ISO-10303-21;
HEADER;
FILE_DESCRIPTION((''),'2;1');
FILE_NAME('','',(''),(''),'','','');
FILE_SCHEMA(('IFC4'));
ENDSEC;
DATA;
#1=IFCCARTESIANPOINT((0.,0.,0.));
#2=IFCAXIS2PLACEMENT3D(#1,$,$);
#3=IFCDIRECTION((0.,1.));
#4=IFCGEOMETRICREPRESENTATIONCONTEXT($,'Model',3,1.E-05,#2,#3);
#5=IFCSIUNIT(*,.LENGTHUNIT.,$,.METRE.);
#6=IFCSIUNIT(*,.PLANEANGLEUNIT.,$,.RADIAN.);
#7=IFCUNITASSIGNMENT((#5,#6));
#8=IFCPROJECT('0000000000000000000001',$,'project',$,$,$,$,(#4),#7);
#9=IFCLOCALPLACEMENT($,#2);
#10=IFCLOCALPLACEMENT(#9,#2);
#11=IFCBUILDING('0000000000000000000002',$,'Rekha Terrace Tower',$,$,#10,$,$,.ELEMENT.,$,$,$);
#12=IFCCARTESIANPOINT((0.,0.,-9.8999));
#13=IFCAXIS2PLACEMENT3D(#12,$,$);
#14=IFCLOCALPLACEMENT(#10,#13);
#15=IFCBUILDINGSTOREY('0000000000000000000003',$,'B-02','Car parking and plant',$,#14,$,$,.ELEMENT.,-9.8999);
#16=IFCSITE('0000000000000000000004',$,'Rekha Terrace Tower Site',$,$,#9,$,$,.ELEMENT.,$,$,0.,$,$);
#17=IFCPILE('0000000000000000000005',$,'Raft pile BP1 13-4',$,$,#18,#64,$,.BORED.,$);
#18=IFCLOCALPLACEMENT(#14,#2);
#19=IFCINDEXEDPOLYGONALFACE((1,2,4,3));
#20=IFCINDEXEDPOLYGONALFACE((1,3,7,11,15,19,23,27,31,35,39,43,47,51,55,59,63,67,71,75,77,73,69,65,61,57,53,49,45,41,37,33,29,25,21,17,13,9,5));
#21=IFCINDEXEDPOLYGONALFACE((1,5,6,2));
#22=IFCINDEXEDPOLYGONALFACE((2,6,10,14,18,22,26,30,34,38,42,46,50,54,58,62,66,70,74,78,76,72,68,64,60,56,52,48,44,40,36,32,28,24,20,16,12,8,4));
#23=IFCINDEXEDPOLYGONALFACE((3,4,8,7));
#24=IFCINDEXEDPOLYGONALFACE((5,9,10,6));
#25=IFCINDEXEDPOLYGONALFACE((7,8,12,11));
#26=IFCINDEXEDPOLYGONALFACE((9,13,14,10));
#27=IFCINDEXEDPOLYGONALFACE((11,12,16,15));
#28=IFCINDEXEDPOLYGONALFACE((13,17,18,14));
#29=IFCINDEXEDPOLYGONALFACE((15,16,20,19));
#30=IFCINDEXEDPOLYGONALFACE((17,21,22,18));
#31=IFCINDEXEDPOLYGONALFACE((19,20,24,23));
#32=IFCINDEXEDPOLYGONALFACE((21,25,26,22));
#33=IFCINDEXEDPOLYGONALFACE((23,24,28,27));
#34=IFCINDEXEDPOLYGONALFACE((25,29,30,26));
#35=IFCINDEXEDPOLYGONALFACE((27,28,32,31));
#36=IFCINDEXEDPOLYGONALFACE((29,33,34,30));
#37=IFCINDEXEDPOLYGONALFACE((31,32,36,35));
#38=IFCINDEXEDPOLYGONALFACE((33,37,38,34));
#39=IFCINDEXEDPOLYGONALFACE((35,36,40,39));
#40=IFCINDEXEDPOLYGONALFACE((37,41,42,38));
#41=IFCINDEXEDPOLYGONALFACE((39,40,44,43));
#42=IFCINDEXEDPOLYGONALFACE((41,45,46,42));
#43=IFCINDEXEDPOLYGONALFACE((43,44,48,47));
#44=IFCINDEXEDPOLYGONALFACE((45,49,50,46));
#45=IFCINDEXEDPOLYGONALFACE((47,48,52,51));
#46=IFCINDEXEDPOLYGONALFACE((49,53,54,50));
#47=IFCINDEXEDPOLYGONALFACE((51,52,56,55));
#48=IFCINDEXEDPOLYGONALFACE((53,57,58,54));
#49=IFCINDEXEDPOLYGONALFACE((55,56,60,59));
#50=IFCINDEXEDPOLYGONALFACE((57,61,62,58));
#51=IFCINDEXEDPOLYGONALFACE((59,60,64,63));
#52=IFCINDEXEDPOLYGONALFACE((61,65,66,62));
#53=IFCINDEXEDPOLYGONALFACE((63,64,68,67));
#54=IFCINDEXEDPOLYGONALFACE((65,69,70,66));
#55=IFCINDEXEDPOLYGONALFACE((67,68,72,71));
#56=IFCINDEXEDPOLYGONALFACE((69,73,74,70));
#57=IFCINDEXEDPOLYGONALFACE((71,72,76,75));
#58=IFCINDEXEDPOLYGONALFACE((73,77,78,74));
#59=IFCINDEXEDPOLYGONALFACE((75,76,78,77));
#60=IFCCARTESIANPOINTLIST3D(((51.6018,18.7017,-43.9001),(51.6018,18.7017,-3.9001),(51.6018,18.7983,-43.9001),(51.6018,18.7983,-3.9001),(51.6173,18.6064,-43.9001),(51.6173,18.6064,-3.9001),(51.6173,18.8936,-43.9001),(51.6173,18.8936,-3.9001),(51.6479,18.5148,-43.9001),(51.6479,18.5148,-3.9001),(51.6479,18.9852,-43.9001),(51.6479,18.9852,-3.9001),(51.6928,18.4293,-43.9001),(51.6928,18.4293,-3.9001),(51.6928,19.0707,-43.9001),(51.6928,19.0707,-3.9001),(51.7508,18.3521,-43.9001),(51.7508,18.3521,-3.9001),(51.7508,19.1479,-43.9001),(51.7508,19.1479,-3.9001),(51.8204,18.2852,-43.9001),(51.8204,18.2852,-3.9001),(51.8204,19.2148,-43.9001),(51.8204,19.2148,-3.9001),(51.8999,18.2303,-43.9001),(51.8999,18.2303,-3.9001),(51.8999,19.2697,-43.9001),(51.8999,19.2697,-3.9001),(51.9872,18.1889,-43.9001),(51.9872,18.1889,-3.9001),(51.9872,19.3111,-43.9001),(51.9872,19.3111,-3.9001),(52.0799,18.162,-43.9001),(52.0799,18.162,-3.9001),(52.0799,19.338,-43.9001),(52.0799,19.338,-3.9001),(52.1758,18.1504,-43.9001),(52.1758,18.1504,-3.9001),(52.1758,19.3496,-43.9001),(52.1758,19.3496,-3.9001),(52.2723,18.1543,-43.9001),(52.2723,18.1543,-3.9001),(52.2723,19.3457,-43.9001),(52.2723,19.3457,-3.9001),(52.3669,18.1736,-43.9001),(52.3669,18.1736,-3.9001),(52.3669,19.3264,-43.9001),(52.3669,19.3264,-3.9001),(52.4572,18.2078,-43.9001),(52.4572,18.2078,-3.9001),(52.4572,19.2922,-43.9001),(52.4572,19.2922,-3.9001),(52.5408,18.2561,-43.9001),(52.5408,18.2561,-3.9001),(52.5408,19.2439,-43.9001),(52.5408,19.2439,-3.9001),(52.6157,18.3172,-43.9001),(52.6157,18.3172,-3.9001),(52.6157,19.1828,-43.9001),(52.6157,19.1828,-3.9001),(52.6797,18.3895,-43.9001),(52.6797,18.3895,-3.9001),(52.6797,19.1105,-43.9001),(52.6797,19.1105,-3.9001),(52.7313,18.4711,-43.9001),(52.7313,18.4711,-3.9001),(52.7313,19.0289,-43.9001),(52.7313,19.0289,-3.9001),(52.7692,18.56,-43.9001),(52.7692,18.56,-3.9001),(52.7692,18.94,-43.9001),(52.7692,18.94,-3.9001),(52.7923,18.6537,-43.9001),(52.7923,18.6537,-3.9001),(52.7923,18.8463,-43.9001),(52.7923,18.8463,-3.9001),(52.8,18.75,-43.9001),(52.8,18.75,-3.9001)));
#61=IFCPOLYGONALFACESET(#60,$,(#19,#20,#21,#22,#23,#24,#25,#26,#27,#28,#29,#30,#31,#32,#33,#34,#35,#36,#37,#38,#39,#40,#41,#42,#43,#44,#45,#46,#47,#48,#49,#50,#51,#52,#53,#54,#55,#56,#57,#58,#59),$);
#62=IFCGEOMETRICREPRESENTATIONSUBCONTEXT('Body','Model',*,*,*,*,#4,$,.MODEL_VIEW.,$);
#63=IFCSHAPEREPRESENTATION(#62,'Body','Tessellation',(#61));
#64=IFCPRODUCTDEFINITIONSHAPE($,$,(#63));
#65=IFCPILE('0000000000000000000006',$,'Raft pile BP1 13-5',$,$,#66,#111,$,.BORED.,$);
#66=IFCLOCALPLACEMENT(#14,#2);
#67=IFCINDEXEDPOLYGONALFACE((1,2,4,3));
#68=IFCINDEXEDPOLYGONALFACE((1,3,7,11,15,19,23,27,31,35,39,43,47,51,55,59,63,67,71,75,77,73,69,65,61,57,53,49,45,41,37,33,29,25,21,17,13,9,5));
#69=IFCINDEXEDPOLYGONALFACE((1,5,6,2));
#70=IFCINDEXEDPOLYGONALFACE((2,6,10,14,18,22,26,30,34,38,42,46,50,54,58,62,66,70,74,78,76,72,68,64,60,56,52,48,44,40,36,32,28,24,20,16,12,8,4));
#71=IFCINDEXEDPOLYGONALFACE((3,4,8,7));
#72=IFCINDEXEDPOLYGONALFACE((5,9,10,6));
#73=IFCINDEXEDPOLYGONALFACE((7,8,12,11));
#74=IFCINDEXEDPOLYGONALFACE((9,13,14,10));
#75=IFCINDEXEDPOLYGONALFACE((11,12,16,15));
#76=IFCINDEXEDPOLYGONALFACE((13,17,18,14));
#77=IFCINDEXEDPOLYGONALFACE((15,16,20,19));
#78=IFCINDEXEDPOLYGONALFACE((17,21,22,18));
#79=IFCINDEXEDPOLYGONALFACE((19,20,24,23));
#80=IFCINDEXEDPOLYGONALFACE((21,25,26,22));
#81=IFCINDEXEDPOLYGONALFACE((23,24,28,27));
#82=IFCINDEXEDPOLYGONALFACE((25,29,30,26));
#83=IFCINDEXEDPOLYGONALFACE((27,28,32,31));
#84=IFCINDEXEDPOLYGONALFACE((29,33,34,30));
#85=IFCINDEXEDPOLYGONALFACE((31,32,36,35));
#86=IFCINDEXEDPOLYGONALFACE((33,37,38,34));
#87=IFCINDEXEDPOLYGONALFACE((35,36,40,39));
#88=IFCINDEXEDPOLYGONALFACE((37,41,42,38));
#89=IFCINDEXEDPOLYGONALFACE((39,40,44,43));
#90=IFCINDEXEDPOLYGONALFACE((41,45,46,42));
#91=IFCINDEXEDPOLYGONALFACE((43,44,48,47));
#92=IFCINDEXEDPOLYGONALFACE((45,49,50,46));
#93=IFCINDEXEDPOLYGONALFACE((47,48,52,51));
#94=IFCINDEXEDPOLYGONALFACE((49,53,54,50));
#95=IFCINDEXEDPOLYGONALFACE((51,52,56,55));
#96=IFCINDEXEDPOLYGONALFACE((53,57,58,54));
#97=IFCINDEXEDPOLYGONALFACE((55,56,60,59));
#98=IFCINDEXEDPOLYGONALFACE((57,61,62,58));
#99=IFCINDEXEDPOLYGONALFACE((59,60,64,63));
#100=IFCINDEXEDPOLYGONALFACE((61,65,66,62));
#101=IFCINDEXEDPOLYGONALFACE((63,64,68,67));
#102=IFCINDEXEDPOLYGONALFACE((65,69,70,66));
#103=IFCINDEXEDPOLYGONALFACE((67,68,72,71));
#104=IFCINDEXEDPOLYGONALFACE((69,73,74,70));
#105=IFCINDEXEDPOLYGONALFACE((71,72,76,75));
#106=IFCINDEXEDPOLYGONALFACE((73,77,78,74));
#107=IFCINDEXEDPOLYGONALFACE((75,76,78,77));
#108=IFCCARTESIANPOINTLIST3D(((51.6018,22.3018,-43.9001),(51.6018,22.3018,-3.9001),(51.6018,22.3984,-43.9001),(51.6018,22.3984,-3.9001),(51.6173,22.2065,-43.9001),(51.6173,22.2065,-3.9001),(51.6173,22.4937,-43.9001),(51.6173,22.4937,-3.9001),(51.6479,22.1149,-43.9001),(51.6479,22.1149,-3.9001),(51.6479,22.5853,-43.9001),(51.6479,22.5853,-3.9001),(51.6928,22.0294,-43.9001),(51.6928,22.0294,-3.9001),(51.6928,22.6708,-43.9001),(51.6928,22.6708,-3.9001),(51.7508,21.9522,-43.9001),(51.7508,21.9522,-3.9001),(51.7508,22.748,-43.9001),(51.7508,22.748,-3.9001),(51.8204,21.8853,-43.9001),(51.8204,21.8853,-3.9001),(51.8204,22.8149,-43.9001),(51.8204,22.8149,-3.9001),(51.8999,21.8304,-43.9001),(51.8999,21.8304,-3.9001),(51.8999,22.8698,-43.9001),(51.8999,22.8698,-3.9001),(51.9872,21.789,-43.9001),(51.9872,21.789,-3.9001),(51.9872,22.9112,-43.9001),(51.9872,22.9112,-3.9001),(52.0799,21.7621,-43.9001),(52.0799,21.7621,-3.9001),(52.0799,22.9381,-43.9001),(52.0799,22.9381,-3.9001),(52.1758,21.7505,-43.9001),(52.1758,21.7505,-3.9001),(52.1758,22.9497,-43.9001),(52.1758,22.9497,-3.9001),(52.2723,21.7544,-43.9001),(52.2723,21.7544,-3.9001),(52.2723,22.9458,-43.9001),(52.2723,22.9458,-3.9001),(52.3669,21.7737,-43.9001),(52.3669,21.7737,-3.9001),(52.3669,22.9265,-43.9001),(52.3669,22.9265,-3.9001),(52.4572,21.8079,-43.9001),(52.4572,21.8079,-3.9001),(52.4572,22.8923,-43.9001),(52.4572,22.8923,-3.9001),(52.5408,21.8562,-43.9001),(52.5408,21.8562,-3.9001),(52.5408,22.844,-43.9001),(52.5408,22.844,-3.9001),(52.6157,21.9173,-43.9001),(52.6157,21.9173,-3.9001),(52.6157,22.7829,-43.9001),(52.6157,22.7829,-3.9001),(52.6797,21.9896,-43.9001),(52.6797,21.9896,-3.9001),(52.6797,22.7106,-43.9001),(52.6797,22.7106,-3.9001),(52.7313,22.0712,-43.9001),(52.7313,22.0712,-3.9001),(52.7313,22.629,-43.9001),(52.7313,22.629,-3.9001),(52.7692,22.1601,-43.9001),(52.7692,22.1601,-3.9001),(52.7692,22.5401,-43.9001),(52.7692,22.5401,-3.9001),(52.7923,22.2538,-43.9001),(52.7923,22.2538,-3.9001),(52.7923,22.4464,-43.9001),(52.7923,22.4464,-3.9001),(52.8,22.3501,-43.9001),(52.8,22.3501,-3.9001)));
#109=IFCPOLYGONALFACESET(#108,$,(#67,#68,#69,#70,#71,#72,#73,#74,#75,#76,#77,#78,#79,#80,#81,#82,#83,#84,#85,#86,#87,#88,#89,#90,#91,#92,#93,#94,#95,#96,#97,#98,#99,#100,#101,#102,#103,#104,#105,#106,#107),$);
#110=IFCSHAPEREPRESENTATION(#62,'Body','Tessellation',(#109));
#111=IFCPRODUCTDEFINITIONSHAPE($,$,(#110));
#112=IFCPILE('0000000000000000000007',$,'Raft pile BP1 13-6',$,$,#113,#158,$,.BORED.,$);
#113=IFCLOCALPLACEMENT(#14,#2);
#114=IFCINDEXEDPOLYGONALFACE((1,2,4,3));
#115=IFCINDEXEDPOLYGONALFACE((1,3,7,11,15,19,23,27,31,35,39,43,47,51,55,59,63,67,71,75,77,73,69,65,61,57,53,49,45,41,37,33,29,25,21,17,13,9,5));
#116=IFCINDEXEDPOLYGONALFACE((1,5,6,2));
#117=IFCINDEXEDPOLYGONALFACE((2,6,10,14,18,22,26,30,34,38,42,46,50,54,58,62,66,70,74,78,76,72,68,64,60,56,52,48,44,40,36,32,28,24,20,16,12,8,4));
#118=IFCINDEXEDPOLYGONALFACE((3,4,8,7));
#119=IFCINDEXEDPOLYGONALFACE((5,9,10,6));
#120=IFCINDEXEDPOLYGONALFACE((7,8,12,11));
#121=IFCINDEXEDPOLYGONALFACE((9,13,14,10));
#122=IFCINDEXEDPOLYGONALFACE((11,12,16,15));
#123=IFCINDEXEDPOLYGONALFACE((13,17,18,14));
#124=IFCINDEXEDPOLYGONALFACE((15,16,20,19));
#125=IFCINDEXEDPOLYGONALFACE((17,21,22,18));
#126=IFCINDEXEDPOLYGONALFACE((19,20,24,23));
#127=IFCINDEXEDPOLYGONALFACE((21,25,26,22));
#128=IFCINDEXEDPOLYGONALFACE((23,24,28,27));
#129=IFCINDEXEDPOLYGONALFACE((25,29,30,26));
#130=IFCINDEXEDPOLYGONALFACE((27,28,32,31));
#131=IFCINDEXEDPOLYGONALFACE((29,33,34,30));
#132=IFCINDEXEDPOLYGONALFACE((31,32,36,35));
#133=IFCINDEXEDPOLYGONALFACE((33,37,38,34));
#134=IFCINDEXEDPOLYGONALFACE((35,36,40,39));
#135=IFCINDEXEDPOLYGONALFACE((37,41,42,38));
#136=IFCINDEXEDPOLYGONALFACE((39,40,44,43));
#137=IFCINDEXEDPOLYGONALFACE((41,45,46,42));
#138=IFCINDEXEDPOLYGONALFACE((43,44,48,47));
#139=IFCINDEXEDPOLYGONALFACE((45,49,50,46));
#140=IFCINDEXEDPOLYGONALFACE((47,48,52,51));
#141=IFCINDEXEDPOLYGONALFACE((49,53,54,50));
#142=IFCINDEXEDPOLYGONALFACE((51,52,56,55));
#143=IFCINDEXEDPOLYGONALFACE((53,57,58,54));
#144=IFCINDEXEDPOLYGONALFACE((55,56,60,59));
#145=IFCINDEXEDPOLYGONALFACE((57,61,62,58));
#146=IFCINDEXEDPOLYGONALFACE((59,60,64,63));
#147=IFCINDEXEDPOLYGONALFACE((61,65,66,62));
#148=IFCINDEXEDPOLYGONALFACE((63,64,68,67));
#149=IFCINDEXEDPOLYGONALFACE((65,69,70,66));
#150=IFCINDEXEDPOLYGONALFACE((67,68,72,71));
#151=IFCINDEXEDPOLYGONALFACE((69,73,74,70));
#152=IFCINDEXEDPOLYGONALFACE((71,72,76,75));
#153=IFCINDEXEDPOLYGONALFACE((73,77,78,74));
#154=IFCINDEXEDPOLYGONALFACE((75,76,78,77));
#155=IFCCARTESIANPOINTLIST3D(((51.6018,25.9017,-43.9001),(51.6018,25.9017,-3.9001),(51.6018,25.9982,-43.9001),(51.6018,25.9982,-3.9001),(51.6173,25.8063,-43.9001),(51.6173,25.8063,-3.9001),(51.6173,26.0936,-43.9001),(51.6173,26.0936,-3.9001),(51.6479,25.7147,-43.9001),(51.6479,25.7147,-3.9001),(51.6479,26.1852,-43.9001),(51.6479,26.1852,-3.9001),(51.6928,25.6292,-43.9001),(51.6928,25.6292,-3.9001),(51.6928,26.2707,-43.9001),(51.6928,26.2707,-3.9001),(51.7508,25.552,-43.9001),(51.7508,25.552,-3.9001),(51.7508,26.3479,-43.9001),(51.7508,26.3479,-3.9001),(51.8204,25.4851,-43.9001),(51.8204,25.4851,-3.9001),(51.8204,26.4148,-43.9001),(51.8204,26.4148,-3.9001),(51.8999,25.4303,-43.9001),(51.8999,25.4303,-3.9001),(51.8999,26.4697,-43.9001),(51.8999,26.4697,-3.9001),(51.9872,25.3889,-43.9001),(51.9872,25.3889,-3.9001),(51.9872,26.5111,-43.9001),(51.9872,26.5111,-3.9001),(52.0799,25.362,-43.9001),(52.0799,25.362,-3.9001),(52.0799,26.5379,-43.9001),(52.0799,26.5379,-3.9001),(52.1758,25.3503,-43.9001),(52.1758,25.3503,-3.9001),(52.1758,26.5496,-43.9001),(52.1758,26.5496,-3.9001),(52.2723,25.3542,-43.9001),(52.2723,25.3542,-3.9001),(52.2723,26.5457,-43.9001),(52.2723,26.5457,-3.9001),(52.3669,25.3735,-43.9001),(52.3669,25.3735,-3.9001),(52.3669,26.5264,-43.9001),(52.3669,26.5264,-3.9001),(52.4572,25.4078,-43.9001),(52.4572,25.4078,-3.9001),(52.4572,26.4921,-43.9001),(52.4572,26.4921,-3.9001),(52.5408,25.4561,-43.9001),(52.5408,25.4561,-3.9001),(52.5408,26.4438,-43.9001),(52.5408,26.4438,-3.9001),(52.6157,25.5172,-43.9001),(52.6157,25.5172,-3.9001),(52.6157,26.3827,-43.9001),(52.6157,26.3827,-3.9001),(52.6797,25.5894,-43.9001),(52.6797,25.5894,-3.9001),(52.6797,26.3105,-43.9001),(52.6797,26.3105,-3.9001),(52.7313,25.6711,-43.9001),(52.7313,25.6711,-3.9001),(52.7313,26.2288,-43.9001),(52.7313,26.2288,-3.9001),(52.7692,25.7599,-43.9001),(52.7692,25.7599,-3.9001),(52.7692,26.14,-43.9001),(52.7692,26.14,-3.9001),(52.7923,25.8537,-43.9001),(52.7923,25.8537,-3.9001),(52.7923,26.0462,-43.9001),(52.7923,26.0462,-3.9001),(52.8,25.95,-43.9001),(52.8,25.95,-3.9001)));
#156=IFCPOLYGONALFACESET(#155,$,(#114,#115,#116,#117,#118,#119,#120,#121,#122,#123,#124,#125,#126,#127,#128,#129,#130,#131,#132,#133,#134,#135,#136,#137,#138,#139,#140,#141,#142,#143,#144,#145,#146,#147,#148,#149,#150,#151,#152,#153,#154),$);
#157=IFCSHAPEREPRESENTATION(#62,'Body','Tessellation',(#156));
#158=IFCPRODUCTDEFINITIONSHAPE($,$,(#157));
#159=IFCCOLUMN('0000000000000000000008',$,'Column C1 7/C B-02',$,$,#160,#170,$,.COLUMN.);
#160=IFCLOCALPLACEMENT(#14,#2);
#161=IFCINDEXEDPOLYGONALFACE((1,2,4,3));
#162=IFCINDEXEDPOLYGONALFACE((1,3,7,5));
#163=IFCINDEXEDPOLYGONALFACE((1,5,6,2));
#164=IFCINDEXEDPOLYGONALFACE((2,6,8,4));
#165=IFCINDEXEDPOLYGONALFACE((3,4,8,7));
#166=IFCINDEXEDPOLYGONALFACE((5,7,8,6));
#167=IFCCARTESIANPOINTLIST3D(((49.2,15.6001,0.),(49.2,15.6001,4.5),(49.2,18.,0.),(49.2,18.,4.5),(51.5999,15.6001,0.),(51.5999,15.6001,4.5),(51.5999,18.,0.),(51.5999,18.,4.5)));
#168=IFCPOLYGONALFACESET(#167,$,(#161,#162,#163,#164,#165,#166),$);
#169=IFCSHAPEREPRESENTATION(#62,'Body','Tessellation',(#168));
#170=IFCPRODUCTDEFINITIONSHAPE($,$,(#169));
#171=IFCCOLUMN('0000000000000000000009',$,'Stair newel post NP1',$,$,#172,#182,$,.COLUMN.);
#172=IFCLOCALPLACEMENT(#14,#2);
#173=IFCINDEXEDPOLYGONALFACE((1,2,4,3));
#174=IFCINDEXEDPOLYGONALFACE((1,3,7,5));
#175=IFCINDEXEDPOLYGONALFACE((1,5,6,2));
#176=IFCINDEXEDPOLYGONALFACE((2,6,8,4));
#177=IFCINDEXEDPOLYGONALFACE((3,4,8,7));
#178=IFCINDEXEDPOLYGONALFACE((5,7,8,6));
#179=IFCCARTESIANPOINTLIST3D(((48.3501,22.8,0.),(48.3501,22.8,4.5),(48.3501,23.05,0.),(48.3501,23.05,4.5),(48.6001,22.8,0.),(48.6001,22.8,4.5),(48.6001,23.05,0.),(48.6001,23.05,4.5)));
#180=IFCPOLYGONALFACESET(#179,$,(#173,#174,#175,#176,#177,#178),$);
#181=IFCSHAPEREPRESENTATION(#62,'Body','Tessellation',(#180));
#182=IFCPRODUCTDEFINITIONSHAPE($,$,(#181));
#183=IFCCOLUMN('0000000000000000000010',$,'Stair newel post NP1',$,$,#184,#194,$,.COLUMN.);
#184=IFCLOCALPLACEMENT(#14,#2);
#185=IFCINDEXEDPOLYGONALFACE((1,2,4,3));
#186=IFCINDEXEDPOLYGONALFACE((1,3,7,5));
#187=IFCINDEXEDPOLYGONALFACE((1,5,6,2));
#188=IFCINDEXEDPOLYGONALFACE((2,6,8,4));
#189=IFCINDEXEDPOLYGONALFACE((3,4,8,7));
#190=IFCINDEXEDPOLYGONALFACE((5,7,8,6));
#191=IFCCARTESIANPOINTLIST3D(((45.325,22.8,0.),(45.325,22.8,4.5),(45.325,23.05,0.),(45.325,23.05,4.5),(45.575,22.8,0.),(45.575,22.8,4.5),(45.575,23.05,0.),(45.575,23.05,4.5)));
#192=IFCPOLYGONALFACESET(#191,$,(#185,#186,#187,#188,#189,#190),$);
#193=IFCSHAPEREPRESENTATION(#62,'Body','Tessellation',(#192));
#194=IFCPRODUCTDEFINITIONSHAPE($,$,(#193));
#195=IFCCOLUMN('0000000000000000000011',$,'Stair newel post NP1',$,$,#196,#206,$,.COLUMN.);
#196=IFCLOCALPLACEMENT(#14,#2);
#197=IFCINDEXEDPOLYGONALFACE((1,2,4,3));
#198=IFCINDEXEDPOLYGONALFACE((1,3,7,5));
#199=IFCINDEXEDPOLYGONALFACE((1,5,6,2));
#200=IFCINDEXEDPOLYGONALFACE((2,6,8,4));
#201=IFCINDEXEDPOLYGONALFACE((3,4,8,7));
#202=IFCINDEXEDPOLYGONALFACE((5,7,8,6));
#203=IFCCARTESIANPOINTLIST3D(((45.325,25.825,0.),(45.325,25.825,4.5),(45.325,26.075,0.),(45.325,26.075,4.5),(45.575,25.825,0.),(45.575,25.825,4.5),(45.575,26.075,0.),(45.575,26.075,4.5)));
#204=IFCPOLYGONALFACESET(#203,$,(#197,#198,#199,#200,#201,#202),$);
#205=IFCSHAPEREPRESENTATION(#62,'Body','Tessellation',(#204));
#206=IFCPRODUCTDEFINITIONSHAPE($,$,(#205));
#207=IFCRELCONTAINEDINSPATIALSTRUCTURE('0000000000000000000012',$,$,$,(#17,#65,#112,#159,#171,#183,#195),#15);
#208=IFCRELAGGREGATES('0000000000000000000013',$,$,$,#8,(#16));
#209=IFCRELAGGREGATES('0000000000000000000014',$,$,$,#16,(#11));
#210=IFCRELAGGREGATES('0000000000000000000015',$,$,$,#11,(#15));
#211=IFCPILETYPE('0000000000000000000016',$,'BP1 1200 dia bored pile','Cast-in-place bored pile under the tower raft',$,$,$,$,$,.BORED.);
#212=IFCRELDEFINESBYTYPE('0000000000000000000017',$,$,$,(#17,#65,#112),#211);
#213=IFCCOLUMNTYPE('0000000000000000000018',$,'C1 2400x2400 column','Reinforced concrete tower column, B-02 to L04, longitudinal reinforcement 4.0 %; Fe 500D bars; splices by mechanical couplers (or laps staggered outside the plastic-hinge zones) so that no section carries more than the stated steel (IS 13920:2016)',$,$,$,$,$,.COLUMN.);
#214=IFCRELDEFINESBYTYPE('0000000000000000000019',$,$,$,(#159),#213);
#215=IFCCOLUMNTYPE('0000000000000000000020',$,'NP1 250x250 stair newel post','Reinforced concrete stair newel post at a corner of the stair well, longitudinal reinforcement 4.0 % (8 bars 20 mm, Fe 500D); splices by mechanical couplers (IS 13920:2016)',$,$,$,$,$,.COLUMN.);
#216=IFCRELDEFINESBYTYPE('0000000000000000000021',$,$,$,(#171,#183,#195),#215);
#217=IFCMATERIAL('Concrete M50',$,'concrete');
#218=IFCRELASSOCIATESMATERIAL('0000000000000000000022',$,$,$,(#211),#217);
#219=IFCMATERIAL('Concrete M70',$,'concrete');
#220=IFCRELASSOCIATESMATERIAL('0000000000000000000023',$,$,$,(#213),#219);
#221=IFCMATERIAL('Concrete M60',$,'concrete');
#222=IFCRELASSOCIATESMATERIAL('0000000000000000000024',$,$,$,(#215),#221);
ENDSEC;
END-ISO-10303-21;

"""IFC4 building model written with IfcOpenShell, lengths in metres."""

from ifc_helpers import new_model, si_unit, direction, frame, origin, origin_2d, place, context, subcontext, project, spatial, rectangle, circle, extrude, material, material_profile, profile_set, type_object, element, save


model = new_model("IFC4")

# Units and contexts
model_context = context("Model", 3, precision=1e-05, world=origin(), true_north=direction((0.0, 1.0)))
body_context = subcontext(model_context, "Body", "Model", "MODEL_VIEW")
ifc_project = project(units=[si_unit("LENGTHUNIT", "METRE"), si_unit("PLANEANGLEUNIT", "RADIAN")], contexts=[model_context])

# Site, building, storey
site_placement = place(None, origin())
site = spatial("IfcSite", under=ifc_project, at=site_placement, Name="Rekha Terrace Tower Site", CompositionType="ELEMENT", RefElevation=0.0)
building_placement = place(site_placement, origin())
building = spatial("IfcBuilding", under=site, at=building_placement, Name="Rekha Terrace Tower", CompositionType="ELEMENT")
storey_placement = place(building_placement, frame((0.0, 0.0, -9.8999)))
storey = spatial("IfcBuildingStorey", under=building, at=storey_placement, Name="B-02", Description="Car parking and plant", CompositionType="ELEMENT", Elevation=-9.8999)

# Piles
ifc_material_1 = material(Name="Concrete M50", Category="concrete")
pile_type = type_object("IfcPileType", Name="BP1 1200 dia bored pile", Description="Cast-in-place bored pile under the tower raft", PredefinedType="BORED", material=ifc_material_1)
for number, where, z_axis, x_axis, name in (
    (1, (52.2, 18.75, -3.9001), (0.0, 0.0, -1.0), (1.0, 0.0, 0.0), "Raft pile BP1 13-4"),
    (2, (52.2, 22.3501, -3.9001), (0.0, 0.0, -1.0), (1.0, 0.0, 0.0), "Raft pile BP1 13-5"),
    (3, (52.2, 25.95, -3.9001), (0.0, 0.0, -1.0), (1.0, 0.0, 0.0), "Raft pile BP1 13-6"),
):
    element("IfcPile", number, at=place(storey_placement, frame(where, z_axis=z_axis, x_axis=x_axis)), inside=storey, type_object=pile_type, Name=name, PredefinedType="BORED", context=body_context, shape_type="SweptSolid", body=[
        extrude(circle(Radius=0.6001, at=origin_2d()), origin(), (0.0, 0.0, 1.0), 40.0),
    ])

# Columns
ifc_material_2 = material(Name="Concrete M70", Category="concrete")
ifc_material_profile_1 = material_profile(ifc_material_2, rectangle(XDim=2.3999, YDim=2.3999, at=origin_2d()), Name="RC 2400x2400")
ifc_profile_set_1 = profile_set([ifc_material_profile_1], Name="Concrete M70")
column_type_1 = type_object("IfcColumnType", Name="C1 2400x2400 column", Description="Reinforced concrete tower column, B-02 to L04, longitudinal reinforcement 4.0 %; Fe 500D bars; splices by mechanical couplers (or laps staggered outside the plastic-hinge zones) so that no section carries more than the stated steel (IS 13920:2016)", PredefinedType="COLUMN", material=ifc_profile_set_1)
column_placement = place(storey_placement, frame((50.3999, 16.8, 0.0), z_axis=(0.0, 0.0, 1.0), x_axis=(1.0, 0.0, 0.0)))
element("IfcColumn", 4, at=column_placement, inside=storey, type_object=column_type_1, Name="Column C1 7/C B-02", PredefinedType="COLUMN", context=body_context, shape_type="SweptSolid", body=[
    extrude(rectangle(XDim=2.3999, YDim=2.3999, at=origin_2d()), origin(), (0.0, 0.0, 1.0), 4.5),
])
ifc_material_3 = material(Name="Concrete M60", Category="concrete")
ifc_material_profile_2 = material_profile(ifc_material_3, rectangle(XDim=0.25, YDim=0.25, at=origin_2d()), Name="RC 250x250")
ifc_profile_set_2 = profile_set([ifc_material_profile_2], Name="Concrete M60")
column_type_2 = type_object("IfcColumnType", Name="NP1 250x250 stair newel post", Description="Reinforced concrete stair newel post at a corner of the stair well, longitudinal reinforcement 4.0 % (8 bars 20 mm, Fe 500D); splices by mechanical couplers (IS 13920:2016)", PredefinedType="COLUMN", material=ifc_profile_set_2)
for number, where, z_axis, x_axis, name in (
    (5, (48.4751, 22.925, 0.0), (0.0, 0.0, 1.0), (1.0, 0.0, 0.0), "Stair newel post NP1"),
    (6, (45.45, 22.925, 0.0), (0.0, 0.0, 1.0), (1.0, 0.0, 0.0), "Stair newel post NP1"),
    (7, (45.45, 25.95, 0.0), (0.0, 0.0, 1.0), (1.0, 0.0, 0.0), "Stair newel post NP1"),
):
    element("IfcColumn", number, at=place(storey_placement, frame(where, z_axis=z_axis, x_axis=x_axis)), inside=storey, type_object=column_type_2, Name=name, PredefinedType="COLUMN", context=body_context, shape_type="SweptSolid", body=[
        extrude(rectangle(XDim=0.25, YDim=0.25, at=origin_2d()), origin(), (0.0, 0.0, 1.0), 4.5),
    ])

save(model, "model.ifc")
